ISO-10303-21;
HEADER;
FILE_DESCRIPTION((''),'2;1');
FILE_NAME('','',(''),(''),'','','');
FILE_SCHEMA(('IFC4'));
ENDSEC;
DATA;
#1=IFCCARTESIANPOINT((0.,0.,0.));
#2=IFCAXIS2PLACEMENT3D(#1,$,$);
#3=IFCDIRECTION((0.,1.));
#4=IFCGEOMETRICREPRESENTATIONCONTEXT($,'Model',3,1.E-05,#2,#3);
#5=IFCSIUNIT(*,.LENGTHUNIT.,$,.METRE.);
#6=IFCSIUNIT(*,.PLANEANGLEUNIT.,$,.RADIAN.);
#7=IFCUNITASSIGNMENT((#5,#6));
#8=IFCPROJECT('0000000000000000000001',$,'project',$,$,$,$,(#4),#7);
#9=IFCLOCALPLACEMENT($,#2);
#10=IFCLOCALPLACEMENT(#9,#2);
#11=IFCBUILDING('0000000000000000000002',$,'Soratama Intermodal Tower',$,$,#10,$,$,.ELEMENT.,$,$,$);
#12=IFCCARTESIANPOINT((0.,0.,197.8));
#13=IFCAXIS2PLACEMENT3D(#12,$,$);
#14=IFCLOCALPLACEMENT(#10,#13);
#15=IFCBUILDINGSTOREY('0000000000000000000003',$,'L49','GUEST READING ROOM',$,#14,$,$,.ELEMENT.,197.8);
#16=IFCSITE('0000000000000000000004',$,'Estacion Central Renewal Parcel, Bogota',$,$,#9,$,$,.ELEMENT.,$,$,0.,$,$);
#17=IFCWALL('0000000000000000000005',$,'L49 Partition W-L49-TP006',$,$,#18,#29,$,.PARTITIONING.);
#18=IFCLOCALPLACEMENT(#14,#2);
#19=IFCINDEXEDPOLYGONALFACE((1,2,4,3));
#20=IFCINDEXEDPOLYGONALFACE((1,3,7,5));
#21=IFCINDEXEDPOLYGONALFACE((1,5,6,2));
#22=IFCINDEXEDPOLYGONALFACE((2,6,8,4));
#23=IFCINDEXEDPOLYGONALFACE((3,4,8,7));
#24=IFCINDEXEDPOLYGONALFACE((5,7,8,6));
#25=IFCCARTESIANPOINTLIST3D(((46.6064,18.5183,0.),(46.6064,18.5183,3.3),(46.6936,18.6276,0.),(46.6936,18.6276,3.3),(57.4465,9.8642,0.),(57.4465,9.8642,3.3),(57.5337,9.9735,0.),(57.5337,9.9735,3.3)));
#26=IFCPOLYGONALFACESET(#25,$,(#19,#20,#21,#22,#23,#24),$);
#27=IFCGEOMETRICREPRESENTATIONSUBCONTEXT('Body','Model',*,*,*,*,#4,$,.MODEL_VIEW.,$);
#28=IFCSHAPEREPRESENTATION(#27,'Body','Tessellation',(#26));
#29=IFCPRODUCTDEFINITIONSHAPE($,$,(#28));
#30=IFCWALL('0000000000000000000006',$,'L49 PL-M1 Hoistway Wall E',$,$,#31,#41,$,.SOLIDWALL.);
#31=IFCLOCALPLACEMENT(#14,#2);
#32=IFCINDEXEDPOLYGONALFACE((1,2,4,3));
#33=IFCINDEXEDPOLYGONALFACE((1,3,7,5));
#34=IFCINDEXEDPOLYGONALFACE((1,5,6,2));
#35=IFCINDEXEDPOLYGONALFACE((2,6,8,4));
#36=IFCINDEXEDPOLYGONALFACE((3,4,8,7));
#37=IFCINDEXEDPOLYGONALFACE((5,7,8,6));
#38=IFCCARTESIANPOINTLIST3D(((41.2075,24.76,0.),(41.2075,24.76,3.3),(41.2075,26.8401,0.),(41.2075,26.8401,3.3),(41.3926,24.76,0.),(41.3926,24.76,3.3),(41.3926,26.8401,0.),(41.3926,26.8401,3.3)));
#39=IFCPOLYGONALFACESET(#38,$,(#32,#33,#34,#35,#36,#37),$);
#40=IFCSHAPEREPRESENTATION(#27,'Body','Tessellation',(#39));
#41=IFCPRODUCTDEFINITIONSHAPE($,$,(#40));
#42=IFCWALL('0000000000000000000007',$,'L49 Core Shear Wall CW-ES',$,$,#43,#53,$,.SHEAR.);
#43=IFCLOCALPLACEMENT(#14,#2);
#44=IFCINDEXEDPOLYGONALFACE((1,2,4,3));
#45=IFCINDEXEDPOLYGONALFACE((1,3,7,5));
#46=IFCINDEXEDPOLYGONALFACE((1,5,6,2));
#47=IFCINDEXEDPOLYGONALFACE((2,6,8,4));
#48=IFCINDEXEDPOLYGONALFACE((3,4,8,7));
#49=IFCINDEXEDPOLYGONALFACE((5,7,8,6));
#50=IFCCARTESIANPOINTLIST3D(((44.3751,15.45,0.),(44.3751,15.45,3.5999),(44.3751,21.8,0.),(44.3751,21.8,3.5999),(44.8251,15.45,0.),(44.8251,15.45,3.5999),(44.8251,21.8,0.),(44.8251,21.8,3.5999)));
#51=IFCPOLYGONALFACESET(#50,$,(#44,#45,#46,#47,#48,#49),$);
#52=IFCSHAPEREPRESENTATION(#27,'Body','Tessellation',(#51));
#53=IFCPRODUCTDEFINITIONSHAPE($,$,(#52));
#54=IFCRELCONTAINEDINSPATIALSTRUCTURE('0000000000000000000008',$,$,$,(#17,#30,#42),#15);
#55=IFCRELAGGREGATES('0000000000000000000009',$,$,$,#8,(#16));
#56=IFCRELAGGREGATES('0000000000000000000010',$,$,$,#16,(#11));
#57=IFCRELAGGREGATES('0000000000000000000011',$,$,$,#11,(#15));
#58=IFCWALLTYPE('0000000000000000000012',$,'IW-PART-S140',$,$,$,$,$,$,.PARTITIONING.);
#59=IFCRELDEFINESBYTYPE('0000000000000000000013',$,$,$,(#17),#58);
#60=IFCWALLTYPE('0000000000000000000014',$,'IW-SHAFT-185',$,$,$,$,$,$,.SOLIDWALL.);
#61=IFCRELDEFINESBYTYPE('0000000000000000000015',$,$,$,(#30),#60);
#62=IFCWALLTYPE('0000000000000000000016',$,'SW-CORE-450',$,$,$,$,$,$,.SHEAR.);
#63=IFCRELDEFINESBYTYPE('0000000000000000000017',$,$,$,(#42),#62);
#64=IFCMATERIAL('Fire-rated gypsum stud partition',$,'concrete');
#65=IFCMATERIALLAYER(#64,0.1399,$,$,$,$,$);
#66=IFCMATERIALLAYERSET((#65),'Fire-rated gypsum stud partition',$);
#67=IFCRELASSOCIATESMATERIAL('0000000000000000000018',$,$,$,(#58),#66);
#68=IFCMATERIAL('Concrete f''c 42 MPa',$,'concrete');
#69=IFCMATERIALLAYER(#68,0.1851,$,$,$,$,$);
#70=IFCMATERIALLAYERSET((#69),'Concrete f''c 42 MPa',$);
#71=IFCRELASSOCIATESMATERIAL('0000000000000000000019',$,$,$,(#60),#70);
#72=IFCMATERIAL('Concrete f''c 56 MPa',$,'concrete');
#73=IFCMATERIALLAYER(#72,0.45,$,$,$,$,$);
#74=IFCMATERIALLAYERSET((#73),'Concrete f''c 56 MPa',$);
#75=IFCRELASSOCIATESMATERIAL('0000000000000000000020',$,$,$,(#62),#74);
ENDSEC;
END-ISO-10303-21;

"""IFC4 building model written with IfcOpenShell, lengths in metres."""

from ifc_helpers import new_model, si_unit, direction, frame, frame_2d, origin, place, context, subcontext, project, spatial, rectangle, extrude, material, layer, layer_set, type_object, element, save


model = new_model("IFC4")

# Units and contexts
model_context = context("Model", 3, precision=1e-05, world=origin(), true_north=direction((0.0, 1.0)))
body_context = subcontext(model_context, "Body", "Model", "MODEL_VIEW")
ifc_project = project(units=[si_unit("LENGTHUNIT", "METRE"), si_unit("PLANEANGLEUNIT", "RADIAN")], contexts=[model_context])

# Site, building, storey
site_placement = place(None, origin())
site = spatial("IfcSite", under=ifc_project, at=site_placement, Name="Estacion Central Renewal Parcel, Bogota", CompositionType="ELEMENT", RefElevation=0.0)
building_placement = place(site_placement, origin())
building = spatial("IfcBuilding", under=site, at=building_placement, Name="Soratama Intermodal Tower", CompositionType="ELEMENT")
storey_placement = place(building_placement, frame((0.0, 0.0, 197.8)))
storey = spatial("IfcBuildingStorey", under=building, at=storey_placement, Name="L49", Description="GUEST READING ROOM", CompositionType="ELEMENT", Elevation=197.8)

# Walls
ifc_material_1 = material(Name="Fire-rated gypsum stud partition", Category="concrete")
ifc_layer_1 = layer(ifc_material_1, 0.1399)
ifc_layer_set_1 = layer_set([ifc_layer_1], Name="Fire-rated gypsum stud partition")
wall_type_1 = type_object("IfcWallType", Name="IW-PART-S140", PredefinedType="PARTITIONING", material=ifc_layer_set_1)
wall_1_placement = place(storey_placement, frame((46.6499, 18.573, 0.0), z_axis=(0.0, 0.0, 1.0), x_axis=(0.781502, -0.623903, 0.0)))
element("IfcWall", 1, at=wall_1_placement, inside=storey, type_object=wall_type_1, Name="L49 Partition W-L49-TP006", PredefinedType="PARTITIONING", context=body_context, shape_type="SweptSolid", body=[
    extrude(rectangle(XDim=13.8708, YDim=0.1399, at=frame_2d((6.9355, 0.0))), origin(), (0.0, 0.0, 1.0), 3.3),
])
ifc_material_2 = material(Name="Concrete f'c 42 MPa", Category="concrete")
ifc_layer_2 = layer(ifc_material_2, 0.1851)
ifc_layer_set_2 = layer_set([ifc_layer_2], Name="Concrete f'c 42 MPa")
wall_type_2 = type_object("IfcWallType", Name="IW-SHAFT-185", PredefinedType="SOLIDWALL", material=ifc_layer_set_2)
wall_2_placement = place(storey_placement, frame((41.3, 24.76, 0.0), z_axis=(0.0, 0.0, 1.0), x_axis=(0.0, 1.0, 0.0)))
element("IfcWall", 2, at=wall_2_placement, inside=storey, type_object=wall_type_2, Name="L49 PL-M1 Hoistway Wall E", PredefinedType="SOLIDWALL", context=body_context, shape_type="SweptSolid", body=[
    extrude(rectangle(XDim=2.0801, YDim=0.1851, at=frame_2d((1.04, 0.0))), origin(), (0.0, 0.0, 1.0), 3.3),
])
ifc_material_3 = material(Name="Concrete f'c 56 MPa", Category="concrete")
ifc_layer_3 = layer(ifc_material_3, 0.45)
ifc_layer_set_3 = layer_set([ifc_layer_3], Name="Concrete f'c 56 MPa")
wall_type_3 = type_object("IfcWallType", Name="SW-CORE-450", PredefinedType="SHEAR", material=ifc_layer_set_3)
wall_3_placement = place(storey_placement, frame((44.6001, 15.45, 0.0), z_axis=(0.0, 0.0, 1.0), x_axis=(0.0, 1.0, 0.0)))
element("IfcWall", 3, at=wall_3_placement, inside=storey, type_object=wall_type_3, Name="L49 Core Shear Wall CW-ES", PredefinedType="SHEAR", context=body_context, shape_type="SweptSolid", body=[
    extrude(rectangle(XDim=6.3501, YDim=0.45, at=frame_2d((3.175, 0.0))), origin(), (0.0, 0.0, 1.0), 3.5999),
])

save(model, "model.ifc")
